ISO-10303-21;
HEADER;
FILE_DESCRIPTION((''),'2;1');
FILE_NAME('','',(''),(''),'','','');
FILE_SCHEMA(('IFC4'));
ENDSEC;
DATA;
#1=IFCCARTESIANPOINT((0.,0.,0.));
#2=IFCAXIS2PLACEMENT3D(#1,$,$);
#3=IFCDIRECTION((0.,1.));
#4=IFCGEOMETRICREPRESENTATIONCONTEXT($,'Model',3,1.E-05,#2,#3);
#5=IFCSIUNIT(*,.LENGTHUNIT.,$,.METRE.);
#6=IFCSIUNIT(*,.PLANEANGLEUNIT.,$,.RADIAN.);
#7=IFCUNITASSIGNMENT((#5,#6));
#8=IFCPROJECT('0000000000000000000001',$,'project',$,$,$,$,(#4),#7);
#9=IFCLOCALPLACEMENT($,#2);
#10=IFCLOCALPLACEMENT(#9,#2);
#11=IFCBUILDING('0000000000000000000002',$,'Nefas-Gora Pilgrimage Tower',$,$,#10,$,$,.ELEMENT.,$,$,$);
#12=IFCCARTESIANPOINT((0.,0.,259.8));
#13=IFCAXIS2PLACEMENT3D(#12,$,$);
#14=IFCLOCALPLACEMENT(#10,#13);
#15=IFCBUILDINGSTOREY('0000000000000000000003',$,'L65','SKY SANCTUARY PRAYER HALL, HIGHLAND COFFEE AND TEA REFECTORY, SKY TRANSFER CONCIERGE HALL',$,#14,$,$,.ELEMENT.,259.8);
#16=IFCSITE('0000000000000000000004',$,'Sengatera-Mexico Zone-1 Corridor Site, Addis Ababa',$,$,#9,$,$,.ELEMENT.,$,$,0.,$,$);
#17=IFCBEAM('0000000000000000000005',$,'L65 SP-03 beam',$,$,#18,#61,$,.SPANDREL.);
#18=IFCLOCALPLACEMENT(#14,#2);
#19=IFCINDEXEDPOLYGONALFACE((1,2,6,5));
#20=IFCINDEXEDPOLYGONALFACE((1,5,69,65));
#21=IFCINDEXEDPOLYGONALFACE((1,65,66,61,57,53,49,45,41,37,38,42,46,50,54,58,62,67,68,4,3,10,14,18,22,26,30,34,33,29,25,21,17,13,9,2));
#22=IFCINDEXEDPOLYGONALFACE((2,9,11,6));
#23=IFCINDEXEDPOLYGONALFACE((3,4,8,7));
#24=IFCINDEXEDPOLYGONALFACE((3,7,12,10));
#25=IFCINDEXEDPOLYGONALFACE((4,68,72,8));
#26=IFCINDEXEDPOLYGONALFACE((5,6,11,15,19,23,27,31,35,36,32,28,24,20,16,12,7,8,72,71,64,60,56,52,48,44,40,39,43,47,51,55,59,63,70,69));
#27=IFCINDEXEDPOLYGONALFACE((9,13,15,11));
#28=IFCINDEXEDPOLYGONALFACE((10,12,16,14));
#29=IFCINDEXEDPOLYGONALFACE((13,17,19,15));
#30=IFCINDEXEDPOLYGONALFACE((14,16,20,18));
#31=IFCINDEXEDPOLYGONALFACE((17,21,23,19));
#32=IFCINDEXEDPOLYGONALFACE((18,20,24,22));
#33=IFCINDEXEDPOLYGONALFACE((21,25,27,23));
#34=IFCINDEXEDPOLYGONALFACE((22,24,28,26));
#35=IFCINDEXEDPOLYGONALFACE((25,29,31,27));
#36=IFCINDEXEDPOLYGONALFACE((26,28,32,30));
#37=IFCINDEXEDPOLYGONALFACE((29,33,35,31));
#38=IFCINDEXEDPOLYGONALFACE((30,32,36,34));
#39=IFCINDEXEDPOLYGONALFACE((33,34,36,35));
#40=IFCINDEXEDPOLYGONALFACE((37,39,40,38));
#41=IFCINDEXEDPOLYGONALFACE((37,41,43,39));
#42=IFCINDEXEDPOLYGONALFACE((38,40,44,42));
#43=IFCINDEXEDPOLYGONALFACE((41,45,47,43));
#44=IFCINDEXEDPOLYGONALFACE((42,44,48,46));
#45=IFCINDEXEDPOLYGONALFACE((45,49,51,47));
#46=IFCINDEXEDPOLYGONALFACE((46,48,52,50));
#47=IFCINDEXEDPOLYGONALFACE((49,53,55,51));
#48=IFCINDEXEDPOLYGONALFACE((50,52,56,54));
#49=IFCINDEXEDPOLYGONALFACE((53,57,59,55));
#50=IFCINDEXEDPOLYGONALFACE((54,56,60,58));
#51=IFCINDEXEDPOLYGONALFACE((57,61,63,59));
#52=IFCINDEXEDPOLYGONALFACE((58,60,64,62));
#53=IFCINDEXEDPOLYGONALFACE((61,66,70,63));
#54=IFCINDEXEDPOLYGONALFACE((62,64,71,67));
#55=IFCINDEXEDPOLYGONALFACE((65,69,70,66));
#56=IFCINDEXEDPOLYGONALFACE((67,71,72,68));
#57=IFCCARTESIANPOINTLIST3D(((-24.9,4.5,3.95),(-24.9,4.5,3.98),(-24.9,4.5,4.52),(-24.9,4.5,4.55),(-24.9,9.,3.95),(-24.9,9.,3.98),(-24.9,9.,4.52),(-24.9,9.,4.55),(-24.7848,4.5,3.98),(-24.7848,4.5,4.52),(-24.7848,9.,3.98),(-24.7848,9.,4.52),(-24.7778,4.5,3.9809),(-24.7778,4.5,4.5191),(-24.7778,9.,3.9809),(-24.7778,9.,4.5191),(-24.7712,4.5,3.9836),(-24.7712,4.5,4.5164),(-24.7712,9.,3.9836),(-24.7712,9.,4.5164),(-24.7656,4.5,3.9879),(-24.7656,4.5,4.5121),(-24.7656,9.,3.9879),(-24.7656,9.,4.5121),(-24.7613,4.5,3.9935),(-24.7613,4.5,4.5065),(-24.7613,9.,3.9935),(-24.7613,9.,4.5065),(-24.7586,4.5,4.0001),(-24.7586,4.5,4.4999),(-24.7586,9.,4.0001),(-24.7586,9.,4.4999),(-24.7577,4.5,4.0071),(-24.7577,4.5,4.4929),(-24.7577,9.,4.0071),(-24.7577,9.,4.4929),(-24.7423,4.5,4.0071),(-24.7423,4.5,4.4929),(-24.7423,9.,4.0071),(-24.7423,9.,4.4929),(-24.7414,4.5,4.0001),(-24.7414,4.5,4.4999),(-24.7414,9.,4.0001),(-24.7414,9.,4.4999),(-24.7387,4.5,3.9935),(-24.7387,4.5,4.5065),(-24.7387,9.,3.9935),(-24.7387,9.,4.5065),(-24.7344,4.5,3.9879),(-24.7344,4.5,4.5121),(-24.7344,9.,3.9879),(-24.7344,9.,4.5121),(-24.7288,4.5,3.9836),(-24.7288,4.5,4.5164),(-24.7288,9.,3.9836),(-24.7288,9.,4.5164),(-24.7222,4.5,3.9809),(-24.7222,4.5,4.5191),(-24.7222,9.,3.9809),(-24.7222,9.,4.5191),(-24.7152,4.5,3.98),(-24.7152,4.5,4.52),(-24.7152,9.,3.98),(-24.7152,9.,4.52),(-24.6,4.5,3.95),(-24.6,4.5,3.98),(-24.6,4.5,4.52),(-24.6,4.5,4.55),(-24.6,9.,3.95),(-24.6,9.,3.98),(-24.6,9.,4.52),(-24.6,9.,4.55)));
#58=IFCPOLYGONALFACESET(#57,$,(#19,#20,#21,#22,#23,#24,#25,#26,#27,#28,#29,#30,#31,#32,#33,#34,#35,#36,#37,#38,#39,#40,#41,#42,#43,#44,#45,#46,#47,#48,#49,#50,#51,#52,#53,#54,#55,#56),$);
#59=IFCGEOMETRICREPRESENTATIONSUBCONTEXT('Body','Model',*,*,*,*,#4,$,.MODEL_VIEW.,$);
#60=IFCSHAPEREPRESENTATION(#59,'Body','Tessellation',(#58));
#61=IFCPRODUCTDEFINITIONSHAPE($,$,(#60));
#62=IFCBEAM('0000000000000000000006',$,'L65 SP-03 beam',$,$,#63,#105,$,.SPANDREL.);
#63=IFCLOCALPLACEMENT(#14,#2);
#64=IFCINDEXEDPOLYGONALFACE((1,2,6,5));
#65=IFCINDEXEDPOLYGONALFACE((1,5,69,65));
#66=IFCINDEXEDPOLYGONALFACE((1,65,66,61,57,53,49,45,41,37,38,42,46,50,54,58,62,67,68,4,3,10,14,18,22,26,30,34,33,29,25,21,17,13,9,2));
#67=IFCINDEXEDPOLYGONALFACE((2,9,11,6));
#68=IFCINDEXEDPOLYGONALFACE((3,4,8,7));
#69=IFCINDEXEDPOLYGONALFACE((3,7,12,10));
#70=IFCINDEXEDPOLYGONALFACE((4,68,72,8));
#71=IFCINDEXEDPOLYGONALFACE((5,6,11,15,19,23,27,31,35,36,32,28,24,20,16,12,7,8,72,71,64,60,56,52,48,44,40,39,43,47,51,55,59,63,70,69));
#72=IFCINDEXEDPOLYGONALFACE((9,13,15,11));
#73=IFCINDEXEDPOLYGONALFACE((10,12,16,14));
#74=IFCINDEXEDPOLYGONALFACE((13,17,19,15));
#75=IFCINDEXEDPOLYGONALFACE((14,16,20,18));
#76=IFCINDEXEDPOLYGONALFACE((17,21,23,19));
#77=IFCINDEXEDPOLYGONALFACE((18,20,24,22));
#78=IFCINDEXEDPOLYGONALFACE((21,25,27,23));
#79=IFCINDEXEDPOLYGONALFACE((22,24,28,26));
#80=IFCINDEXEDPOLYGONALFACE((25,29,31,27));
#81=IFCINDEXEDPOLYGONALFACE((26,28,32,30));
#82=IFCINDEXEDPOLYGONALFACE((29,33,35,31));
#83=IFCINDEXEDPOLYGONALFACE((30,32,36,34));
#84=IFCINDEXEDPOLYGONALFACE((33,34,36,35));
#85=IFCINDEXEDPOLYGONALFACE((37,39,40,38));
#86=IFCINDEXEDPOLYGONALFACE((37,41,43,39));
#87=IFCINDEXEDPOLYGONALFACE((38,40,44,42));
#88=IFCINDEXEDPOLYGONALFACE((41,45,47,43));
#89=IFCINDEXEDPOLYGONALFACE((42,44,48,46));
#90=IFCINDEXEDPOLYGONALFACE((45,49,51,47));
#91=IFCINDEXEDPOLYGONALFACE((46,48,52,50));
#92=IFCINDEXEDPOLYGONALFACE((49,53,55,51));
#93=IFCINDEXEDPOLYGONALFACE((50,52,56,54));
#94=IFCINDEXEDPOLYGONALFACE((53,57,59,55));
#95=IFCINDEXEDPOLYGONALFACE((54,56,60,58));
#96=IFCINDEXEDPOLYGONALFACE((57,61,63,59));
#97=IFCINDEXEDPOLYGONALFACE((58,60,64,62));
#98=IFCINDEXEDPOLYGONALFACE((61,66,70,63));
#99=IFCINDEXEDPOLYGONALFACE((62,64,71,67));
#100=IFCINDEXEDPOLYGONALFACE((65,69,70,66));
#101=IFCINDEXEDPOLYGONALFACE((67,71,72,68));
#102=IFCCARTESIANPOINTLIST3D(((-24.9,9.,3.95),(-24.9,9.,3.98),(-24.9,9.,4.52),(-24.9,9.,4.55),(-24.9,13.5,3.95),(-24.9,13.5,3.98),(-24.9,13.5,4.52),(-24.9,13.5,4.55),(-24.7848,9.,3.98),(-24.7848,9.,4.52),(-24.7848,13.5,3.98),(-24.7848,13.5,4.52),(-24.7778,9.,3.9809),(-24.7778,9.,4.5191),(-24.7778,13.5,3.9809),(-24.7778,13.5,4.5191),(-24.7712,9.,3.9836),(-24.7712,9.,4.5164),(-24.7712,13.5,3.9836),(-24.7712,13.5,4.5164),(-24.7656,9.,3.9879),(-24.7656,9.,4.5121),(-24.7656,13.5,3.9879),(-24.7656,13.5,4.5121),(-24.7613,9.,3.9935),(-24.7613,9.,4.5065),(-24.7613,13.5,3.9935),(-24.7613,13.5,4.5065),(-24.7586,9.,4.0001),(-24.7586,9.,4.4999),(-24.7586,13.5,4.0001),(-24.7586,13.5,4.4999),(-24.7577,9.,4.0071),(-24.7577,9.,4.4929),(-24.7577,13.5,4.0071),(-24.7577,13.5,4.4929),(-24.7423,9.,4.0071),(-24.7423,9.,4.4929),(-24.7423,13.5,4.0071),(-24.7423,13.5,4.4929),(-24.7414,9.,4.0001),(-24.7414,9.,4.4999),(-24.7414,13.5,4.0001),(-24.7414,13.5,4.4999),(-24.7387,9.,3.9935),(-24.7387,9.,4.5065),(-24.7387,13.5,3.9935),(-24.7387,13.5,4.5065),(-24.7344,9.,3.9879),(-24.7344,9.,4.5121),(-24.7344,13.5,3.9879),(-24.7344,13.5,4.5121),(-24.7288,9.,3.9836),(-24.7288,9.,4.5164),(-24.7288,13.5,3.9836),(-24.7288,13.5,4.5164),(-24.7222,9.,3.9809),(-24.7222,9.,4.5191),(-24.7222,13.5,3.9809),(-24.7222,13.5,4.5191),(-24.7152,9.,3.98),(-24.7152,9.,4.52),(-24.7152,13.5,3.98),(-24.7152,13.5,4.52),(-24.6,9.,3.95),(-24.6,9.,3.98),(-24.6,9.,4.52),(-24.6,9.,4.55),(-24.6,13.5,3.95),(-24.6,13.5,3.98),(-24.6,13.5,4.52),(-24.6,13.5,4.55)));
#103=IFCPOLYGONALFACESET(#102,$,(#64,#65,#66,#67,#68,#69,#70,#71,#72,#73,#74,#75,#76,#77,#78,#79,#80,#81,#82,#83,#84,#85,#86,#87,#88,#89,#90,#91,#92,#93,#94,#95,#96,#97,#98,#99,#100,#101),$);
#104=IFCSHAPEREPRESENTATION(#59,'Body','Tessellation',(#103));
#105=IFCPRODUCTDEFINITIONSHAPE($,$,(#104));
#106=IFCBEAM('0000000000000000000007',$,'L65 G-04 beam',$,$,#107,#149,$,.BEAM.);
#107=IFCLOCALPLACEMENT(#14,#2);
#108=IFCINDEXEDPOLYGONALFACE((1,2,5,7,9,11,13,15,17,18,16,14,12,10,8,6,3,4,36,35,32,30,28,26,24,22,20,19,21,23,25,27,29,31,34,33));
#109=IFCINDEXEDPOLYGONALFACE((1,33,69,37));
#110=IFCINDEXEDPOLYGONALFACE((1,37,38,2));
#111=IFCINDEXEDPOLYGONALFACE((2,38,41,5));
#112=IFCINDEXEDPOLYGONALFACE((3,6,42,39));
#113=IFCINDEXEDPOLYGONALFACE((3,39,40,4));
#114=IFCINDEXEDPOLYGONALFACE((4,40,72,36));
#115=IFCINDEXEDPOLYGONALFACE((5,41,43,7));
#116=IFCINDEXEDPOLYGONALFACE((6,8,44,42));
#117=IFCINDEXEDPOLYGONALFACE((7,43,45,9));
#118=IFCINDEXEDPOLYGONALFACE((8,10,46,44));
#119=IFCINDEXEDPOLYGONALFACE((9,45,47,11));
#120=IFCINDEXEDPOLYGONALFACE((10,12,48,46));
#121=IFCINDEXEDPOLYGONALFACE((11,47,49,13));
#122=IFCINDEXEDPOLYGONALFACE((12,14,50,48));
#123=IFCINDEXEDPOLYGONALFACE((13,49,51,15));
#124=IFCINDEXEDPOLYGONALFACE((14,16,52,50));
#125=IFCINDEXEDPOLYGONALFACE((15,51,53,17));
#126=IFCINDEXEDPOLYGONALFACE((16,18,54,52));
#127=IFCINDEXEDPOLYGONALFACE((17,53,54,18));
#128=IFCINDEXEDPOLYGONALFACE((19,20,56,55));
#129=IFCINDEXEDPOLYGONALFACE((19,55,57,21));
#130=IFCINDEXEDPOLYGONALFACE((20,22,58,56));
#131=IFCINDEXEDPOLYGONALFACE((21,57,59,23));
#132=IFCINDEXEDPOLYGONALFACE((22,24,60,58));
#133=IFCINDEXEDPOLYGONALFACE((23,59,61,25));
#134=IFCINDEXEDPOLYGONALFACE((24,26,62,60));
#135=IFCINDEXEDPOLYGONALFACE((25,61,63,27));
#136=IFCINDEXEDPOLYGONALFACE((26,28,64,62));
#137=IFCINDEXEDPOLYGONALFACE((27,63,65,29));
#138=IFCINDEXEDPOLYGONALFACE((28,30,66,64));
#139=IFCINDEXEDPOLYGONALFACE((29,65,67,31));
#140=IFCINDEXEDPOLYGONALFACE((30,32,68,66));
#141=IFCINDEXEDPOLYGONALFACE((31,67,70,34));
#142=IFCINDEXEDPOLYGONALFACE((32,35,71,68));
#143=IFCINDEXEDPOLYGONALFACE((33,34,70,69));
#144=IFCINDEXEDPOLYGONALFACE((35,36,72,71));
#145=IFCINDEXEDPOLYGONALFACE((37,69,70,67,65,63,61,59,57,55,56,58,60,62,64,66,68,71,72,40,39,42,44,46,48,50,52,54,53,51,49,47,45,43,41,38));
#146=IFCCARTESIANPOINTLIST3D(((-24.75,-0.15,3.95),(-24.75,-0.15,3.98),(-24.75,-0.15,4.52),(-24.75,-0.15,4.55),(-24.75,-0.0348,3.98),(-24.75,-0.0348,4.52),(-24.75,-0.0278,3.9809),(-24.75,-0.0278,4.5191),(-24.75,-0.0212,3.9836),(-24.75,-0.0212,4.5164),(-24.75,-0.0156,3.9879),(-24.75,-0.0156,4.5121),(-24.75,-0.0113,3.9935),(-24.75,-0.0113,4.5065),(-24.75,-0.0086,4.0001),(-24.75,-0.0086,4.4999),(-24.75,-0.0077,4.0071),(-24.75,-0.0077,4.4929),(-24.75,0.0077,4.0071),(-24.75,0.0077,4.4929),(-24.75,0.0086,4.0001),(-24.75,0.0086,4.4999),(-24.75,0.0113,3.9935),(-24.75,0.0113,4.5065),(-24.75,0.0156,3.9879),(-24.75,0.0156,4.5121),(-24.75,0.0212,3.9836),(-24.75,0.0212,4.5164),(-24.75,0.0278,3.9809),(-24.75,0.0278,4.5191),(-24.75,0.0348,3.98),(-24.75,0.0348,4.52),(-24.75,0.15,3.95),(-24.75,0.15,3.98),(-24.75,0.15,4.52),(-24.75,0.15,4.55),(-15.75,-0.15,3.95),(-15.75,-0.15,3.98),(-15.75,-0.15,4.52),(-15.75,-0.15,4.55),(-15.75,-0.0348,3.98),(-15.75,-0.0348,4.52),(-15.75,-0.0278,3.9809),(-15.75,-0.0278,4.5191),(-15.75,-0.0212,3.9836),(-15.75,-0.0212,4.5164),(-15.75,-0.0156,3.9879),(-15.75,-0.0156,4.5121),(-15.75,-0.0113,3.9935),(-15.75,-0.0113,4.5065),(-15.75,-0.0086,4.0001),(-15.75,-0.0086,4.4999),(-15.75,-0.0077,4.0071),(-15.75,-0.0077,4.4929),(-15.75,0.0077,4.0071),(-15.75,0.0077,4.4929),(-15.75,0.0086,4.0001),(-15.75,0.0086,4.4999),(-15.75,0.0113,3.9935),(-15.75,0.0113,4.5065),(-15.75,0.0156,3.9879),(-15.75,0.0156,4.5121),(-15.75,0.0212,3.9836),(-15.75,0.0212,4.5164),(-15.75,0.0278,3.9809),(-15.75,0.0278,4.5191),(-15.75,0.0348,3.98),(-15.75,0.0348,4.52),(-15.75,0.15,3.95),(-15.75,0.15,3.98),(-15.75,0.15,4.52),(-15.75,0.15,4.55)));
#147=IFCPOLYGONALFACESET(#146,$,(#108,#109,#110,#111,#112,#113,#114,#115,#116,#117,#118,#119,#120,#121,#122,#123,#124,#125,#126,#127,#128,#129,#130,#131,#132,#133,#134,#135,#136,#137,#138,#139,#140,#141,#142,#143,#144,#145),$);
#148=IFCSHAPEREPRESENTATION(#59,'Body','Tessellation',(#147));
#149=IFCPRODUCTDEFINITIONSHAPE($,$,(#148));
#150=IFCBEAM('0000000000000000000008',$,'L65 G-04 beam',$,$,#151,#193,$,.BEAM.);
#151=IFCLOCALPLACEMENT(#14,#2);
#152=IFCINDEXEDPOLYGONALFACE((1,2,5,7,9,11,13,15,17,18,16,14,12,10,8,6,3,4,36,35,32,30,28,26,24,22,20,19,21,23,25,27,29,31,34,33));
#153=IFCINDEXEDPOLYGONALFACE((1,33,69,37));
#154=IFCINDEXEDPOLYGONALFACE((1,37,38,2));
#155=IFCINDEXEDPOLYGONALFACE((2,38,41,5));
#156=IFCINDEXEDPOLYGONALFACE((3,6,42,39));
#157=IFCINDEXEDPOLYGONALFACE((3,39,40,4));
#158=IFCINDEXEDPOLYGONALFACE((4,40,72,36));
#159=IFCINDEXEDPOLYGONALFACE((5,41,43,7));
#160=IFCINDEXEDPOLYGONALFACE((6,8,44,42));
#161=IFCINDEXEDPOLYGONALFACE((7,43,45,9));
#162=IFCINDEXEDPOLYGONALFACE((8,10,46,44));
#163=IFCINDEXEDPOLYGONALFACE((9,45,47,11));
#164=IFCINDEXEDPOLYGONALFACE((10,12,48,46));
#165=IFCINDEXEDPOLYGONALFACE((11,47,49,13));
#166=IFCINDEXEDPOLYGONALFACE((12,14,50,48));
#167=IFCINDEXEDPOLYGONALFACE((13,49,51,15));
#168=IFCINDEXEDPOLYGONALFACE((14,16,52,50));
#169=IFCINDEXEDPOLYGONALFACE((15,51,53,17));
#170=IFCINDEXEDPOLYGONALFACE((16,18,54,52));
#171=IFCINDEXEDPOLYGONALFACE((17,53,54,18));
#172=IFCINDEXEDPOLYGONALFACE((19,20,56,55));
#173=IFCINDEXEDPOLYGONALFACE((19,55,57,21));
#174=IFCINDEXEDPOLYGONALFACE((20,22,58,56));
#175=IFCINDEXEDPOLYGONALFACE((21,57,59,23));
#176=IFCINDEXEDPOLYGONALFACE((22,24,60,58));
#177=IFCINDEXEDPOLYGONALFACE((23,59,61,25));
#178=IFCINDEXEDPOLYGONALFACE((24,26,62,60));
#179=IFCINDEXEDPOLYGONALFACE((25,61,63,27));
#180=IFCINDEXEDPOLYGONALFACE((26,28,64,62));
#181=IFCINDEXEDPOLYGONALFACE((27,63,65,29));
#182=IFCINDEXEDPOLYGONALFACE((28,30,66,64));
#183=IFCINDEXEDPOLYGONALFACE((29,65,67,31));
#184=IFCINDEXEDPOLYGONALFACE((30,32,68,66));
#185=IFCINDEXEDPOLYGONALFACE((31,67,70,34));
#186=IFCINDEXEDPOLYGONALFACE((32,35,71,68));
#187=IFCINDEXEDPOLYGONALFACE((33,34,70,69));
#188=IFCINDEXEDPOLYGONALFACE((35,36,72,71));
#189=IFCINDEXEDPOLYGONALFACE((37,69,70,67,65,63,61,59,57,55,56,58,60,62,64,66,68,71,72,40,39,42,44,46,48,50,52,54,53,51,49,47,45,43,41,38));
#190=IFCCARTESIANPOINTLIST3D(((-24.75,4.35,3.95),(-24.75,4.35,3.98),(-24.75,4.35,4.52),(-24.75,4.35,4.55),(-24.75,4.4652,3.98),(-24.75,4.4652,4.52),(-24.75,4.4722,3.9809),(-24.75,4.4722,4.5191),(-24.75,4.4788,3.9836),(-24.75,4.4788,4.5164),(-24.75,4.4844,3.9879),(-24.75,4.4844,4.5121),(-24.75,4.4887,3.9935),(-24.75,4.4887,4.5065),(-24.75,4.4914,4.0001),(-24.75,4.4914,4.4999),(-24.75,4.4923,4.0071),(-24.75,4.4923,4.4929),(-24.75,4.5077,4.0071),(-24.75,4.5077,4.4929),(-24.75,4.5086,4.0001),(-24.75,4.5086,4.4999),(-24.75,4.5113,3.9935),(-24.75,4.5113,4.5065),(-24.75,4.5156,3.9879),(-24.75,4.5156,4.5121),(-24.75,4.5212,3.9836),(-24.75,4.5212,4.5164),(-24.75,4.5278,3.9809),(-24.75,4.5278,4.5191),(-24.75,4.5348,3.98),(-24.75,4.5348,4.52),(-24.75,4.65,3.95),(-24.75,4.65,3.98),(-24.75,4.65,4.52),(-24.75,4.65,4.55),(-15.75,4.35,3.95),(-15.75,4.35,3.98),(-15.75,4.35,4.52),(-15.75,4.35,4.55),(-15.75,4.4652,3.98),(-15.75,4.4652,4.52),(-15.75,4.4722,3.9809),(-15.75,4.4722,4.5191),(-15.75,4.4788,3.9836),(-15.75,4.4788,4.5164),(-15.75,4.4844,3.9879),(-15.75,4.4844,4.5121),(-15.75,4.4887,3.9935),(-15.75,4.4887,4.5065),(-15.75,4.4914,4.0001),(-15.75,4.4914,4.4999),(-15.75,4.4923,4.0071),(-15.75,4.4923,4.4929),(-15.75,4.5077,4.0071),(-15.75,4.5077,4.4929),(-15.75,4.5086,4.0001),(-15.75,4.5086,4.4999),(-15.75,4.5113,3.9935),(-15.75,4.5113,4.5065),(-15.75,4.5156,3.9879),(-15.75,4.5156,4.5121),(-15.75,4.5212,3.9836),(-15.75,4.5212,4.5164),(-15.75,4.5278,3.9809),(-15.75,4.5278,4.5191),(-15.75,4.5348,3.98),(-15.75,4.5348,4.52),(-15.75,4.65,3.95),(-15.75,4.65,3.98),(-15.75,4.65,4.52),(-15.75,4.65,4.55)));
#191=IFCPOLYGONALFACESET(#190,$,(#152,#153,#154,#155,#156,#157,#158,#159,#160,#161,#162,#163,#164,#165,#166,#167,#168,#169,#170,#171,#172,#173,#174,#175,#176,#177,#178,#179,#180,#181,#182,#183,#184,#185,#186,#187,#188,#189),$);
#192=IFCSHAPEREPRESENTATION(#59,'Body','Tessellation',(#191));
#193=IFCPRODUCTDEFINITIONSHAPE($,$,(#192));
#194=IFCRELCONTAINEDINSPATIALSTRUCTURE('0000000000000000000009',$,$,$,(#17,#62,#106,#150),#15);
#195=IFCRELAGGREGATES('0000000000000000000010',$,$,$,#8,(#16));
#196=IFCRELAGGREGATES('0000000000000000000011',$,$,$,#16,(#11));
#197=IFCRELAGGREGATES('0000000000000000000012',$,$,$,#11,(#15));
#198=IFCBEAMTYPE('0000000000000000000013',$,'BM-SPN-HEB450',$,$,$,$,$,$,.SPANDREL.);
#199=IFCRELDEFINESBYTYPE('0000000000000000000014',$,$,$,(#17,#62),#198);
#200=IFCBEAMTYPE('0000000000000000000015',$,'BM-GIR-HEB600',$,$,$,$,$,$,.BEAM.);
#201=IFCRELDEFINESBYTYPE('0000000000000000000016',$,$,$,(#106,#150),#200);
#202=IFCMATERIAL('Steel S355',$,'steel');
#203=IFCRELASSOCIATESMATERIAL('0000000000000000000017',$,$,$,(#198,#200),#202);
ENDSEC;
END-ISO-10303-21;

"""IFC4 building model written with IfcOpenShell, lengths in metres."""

from ifc_helpers import new_model, si_unit, direction, frame, origin, origin_2d, place, context, subcontext, project, spatial, i_section, extrude, source, transform, mapped, material, material_profile, profile_set, type_object, element, save


model = new_model("IFC4")

# Units and contexts
model_context = context("Model", 3, precision=1e-05, world=origin(), true_north=direction((0.0, 1.0)))
body_context = subcontext(model_context, "Body", "Model", "MODEL_VIEW")
ifc_project = project(units=[si_unit("LENGTHUNIT", "METRE"), si_unit("PLANEANGLEUNIT", "RADIAN")], contexts=[model_context])

# Site, building, storey
site_placement = place(None, origin())
site = spatial("IfcSite", under=ifc_project, at=site_placement, Name="Sengatera-Mexico Zone-1 Corridor Site, Addis Ababa", CompositionType="ELEMENT", RefElevation=0.0)
building_placement = place(site_placement, origin())
building = spatial("IfcBuilding", under=site, at=building_placement, Name="Nefas-Gora Pilgrimage Tower", CompositionType="ELEMENT")
storey_placement = place(building_placement, frame((0.0, 0.0, 259.8)))
storey = spatial("IfcBuildingStorey", under=building, at=storey_placement, Name="L65", Description="SKY SANCTUARY PRAYER HALL, HIGHLAND COFFEE AND TEA REFECTORY, SKY TRANSFER CONCIERGE HALL", CompositionType="ELEMENT", Elevation=259.8)

# Beams
ifc_material_1 = material(Name="Steel S355", Category="steel")
ifc_material_profile_1 = material_profile(ifc_material_1, i_section(OverallWidth=0.3, OverallDepth=0.6001, WebThickness=0.0154, FlangeThickness=0.03, FilletRadius=0.0271, at=origin_2d()), Name="HEB 600")
ifc_profile_set_1 = profile_set([ifc_material_profile_1], Name="Steel S355")
beam_type_1 = type_object("IfcBeamType", Name="BM-SPN-HEB450", PredefinedType="SPANDREL", material=ifc_profile_set_1)
shared_shape_1 = source(origin(), body_context, "Body", "SweptSolid", [
    extrude(i_section(OverallWidth=0.3, OverallDepth=0.6001, WebThickness=0.0154, FlangeThickness=0.03, FilletRadius=0.0271, at=origin_2d()), origin(), (0.0, 0.0, 1.0), 4.5),
])
for number, where, z_axis, x_axis, name in (
    (1, (-24.75, 4.5, 4.25), (0.0, 1.0, 0.0), (-1.0, 0.0, 0.0), "L65 SP-03 beam"),
    (2, (-24.75, 9.0, 4.25), (0.0, 1.0, 0.0), (-1.0, 0.0, 0.0), "L65 SP-03 beam"),
):
    element("IfcBeam", number, at=place(storey_placement, frame(where, z_axis=z_axis, x_axis=x_axis)), inside=storey, type_object=beam_type_1, Name=name, PredefinedType="SPANDREL", context=body_context, shape_type="MappedRepresentation", body=[
        mapped(shared_shape_1, transform((0.0, 0.0, 0.0), x_axis=(1.0, 0.0, 0.0), y_axis=(0.0, 1.0, 0.0), z_axis=(0.0, 0.0, 1.0), scale=1.0)),
    ])
ifc_material_profile_2 = material_profile(ifc_material_1, i_section(OverallWidth=0.3, OverallDepth=0.6001, WebThickness=0.0154, FlangeThickness=0.03, FilletRadius=0.0271, at=origin_2d()), Name="HEB 600")
ifc_profile_set_2 = profile_set([ifc_material_profile_2], Name="Steel S355")
beam_type_2 = type_object("IfcBeamType", Name="BM-GIR-HEB600", PredefinedType="BEAM", material=ifc_profile_set_2)
shared_shape_2 = source(origin(), body_context, "Body", "SweptSolid", [
    extrude(i_section(OverallWidth=0.3, OverallDepth=0.6001, WebThickness=0.0154, FlangeThickness=0.03, FilletRadius=0.0271, at=origin_2d()), origin(), (0.0, 0.0, 1.0), 9.0),
])
for number, where, z_axis, x_axis, name in (
    (3, (-24.75, 0.0, 4.25), (1.0, 0.0, 0.0), (0.0, 1.0, 0.0), "L65 G-04 beam"),
    (4, (-24.75, 4.5, 4.25), (1.0, 0.0, 0.0), (0.0, 1.0, 0.0), "L65 G-04 beam"),
):
    element("IfcBeam", number, at=place(storey_placement, frame(where, z_axis=z_axis, x_axis=x_axis)), inside=storey, type_object=beam_type_2, Name=name, PredefinedType="BEAM", context=body_context, shape_type="MappedRepresentation", body=[
        mapped(shared_shape_2, transform((0.0, 0.0, 0.0), x_axis=(1.0, 0.0, 0.0), y_axis=(0.0, 1.0, 0.0), z_axis=(0.0, 0.0, 1.0), scale=1.0)),
    ])

save(model, "model.ifc")
